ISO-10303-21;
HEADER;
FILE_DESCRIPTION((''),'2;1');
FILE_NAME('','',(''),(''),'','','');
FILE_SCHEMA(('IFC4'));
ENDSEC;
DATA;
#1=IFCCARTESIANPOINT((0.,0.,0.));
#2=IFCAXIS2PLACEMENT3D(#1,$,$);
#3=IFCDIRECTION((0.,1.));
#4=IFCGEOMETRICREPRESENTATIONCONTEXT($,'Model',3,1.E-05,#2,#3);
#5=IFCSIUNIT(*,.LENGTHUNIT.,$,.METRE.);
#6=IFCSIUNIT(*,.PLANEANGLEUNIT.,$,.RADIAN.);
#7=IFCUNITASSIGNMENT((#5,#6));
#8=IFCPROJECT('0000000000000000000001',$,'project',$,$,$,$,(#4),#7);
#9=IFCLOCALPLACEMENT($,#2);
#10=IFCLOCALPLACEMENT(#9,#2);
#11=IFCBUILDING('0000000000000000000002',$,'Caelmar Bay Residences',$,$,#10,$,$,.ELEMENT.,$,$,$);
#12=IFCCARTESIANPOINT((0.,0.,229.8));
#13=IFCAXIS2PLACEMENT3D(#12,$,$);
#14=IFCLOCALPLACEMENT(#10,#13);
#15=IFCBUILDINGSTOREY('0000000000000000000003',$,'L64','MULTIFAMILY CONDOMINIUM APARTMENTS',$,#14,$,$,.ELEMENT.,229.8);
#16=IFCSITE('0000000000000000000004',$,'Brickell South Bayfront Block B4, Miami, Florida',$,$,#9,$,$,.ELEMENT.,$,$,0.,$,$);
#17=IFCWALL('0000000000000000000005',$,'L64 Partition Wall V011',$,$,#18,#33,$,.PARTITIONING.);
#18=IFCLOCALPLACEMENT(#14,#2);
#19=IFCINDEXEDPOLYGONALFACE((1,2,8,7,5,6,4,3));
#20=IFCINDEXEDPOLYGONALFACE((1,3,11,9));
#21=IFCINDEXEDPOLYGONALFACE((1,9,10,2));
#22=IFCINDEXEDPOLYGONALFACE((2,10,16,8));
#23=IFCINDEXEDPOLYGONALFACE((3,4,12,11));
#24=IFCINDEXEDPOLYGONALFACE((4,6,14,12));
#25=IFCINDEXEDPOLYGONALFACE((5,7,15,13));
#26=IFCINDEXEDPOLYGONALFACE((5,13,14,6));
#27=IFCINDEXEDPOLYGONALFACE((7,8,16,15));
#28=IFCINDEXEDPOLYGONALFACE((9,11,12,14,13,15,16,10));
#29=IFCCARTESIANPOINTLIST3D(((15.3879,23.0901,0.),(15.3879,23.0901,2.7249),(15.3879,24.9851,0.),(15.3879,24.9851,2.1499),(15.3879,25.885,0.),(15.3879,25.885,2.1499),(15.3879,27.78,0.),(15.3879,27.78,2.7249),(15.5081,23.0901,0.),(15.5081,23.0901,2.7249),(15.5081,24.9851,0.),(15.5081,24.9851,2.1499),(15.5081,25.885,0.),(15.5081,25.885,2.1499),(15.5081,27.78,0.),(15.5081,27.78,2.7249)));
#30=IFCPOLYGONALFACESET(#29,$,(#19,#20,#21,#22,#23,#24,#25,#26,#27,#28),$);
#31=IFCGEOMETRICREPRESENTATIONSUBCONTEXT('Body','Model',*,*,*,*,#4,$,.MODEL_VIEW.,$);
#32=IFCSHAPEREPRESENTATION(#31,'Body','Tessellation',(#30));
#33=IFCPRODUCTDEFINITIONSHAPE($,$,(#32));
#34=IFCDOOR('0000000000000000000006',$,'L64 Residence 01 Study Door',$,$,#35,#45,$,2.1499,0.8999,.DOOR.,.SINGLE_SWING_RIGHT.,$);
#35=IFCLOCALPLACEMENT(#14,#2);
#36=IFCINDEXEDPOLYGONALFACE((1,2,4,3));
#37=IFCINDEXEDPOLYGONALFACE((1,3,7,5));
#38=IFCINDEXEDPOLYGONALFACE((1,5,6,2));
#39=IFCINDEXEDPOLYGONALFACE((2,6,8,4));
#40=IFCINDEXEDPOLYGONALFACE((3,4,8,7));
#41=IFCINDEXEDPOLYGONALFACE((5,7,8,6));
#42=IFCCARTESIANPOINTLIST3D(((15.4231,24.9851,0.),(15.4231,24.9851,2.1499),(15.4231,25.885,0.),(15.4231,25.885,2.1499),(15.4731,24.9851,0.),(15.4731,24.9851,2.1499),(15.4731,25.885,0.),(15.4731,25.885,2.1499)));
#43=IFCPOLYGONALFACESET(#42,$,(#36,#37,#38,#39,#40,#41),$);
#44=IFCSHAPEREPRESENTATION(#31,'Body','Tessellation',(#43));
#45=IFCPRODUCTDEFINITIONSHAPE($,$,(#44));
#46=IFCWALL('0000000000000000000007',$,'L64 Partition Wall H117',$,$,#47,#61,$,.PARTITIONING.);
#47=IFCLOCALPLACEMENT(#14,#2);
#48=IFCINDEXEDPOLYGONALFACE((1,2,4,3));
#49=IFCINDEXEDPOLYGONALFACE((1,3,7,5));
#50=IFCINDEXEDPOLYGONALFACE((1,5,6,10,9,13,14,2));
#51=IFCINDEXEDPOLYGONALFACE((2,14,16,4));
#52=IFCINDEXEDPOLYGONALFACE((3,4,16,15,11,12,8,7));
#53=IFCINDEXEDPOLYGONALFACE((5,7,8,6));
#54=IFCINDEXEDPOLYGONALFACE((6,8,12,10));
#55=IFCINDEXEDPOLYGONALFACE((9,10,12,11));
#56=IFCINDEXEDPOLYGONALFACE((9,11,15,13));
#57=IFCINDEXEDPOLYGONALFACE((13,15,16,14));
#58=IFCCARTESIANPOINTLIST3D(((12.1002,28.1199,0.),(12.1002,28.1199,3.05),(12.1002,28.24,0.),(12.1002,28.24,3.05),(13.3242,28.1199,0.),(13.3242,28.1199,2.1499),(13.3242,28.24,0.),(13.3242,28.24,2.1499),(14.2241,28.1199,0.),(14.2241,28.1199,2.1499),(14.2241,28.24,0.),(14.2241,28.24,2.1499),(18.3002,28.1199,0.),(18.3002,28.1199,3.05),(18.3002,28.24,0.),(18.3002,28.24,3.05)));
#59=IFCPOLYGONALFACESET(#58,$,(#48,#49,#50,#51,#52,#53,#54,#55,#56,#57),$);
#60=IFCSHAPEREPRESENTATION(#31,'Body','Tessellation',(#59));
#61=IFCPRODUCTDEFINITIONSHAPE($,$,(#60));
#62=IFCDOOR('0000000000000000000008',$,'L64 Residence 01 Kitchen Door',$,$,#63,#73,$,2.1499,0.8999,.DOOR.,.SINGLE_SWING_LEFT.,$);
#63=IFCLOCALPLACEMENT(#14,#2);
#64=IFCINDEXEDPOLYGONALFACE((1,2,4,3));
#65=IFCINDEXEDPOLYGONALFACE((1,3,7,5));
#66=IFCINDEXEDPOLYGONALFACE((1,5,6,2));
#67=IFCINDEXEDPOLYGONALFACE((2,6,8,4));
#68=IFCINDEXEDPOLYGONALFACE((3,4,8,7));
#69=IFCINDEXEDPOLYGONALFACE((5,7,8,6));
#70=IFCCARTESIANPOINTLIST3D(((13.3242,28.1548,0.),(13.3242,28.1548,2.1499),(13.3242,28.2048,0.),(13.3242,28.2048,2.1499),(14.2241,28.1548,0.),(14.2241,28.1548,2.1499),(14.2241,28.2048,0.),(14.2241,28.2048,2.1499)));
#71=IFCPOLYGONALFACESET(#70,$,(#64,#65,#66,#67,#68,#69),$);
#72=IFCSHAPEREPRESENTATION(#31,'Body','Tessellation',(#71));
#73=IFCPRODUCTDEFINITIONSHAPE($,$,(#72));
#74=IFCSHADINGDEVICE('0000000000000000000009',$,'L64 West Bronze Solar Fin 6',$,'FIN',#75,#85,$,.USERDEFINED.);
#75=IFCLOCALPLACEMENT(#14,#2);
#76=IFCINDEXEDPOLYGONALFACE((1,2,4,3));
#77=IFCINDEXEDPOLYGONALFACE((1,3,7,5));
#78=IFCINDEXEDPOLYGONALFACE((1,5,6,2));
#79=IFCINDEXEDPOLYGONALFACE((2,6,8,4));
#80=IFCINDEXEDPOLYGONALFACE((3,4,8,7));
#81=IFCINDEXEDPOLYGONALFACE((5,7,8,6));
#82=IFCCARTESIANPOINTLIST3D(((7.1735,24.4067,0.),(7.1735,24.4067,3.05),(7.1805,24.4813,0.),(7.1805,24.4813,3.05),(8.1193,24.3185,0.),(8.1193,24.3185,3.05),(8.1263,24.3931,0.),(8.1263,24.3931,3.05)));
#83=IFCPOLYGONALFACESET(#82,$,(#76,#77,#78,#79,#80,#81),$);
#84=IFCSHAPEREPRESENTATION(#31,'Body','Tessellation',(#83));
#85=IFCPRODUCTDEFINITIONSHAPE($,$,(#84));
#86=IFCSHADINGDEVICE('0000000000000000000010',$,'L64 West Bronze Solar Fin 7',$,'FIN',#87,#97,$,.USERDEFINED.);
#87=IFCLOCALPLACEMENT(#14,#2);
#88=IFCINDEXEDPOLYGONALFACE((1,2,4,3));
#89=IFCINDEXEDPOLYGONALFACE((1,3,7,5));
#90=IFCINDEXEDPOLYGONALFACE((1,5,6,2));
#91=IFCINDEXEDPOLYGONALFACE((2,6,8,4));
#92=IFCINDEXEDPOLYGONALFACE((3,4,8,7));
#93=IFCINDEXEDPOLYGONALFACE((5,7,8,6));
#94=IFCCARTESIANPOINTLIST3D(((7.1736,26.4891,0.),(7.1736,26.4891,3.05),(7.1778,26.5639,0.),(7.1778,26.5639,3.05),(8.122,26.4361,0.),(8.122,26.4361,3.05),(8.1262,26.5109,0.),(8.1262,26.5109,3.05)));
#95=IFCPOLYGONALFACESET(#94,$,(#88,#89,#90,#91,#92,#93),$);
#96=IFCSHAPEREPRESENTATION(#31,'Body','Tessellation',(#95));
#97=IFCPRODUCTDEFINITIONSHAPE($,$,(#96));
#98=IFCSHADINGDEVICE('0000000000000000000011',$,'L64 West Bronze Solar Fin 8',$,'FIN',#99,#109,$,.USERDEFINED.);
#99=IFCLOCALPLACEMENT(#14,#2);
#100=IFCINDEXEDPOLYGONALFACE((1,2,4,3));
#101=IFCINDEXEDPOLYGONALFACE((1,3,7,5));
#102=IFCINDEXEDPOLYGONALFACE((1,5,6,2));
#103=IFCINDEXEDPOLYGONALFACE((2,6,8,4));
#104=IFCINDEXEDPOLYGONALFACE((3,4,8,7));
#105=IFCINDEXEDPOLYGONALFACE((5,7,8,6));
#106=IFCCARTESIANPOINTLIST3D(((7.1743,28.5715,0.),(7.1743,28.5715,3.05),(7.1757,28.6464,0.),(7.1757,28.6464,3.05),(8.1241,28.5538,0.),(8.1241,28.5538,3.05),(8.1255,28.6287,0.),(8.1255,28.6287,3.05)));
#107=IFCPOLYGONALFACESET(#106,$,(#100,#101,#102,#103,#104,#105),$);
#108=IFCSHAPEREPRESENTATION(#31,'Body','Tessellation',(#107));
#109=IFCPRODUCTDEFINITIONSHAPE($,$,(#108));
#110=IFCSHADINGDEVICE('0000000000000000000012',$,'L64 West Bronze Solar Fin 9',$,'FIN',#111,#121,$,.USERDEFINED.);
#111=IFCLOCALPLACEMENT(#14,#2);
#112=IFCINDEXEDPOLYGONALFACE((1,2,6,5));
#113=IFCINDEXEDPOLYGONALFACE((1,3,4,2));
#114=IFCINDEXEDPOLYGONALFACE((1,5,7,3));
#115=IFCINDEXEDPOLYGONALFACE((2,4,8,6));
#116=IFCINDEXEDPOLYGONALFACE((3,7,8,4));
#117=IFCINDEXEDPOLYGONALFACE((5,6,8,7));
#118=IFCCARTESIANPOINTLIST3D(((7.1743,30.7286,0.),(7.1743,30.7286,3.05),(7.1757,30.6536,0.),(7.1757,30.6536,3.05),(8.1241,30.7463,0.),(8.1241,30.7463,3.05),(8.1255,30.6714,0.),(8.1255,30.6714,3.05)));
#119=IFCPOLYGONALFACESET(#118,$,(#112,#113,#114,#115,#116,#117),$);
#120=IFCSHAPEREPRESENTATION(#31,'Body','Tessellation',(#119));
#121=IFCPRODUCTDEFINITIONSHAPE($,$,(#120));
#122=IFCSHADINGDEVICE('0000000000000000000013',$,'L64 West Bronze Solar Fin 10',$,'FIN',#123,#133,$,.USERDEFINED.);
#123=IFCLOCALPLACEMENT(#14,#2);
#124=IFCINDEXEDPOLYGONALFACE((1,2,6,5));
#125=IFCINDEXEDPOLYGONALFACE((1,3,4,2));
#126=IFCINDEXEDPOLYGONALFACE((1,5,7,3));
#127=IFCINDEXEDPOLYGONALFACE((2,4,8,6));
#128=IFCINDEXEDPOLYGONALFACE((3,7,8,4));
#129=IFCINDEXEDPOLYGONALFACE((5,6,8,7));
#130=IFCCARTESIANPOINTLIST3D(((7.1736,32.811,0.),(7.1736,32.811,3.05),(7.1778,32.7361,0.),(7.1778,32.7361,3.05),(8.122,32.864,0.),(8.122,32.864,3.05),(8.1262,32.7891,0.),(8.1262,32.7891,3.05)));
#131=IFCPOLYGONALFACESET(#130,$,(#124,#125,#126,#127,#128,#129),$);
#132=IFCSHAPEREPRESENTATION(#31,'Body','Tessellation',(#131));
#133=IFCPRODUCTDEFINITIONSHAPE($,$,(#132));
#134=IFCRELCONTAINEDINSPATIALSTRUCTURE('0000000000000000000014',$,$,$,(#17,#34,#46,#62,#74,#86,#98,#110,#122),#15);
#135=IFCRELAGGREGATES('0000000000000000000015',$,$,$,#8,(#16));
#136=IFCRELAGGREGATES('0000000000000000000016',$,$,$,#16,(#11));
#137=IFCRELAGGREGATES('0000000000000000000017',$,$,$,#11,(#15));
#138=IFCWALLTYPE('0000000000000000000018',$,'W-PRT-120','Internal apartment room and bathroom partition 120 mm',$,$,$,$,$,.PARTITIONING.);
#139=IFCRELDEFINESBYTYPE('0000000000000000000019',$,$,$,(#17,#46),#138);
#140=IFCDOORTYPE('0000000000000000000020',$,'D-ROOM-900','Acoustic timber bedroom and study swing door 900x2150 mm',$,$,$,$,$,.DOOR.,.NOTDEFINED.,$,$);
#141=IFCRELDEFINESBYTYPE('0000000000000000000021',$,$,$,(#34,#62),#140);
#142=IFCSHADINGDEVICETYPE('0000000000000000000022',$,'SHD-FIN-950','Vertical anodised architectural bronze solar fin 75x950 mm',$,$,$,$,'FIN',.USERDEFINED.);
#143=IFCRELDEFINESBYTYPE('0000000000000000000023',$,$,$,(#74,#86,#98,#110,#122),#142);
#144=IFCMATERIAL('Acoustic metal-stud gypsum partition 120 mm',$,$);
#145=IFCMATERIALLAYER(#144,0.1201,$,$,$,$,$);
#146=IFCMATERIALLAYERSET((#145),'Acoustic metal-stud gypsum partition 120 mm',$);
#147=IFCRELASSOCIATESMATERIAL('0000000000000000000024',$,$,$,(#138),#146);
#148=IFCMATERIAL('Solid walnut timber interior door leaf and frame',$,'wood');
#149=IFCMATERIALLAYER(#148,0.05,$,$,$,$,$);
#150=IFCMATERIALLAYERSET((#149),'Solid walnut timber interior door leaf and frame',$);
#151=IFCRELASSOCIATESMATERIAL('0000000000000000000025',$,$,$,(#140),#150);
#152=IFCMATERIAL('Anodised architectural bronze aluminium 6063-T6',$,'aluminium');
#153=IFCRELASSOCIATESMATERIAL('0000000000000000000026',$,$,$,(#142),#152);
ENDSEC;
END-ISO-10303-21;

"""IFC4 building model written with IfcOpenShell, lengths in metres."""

from ifc_helpers import new_model, si_unit, direction, frame, frame_2d, origin, origin_2d, place, context, subcontext, project, spatial, rectangle, extrude, material, layer, layer_set, material_profile, profile_set, type_object, element, fill, save


model = new_model("IFC4")

# Units and contexts
model_context = context("Model", 3, precision=1e-05, world=origin(), true_north=direction((0.0, 1.0)))
body_context = subcontext(model_context, "Body", "Model", "MODEL_VIEW")
ifc_project = project(units=[si_unit("LENGTHUNIT", "METRE"), si_unit("PLANEANGLEUNIT", "RADIAN")], contexts=[model_context])

# Site, building, storey
site_placement = place(None, origin())
site = spatial("IfcSite", under=ifc_project, at=site_placement, Name="Brickell South Bayfront Block B4, Miami, Florida", CompositionType="ELEMENT", RefElevation=0.0)
building_placement = place(site_placement, origin())
building = spatial("IfcBuilding", under=site, at=building_placement, Name="Caelmar Bay Residences", CompositionType="ELEMENT")
storey_placement = place(building_placement, frame((0.0, 0.0, 229.8)))
storey = spatial("IfcBuildingStorey", under=building, at=storey_placement, Name="L64", Description="MULTIFAMILY CONDOMINIUM APARTMENTS", CompositionType="ELEMENT", Elevation=229.8)

# Shared definitions
ifc_material_1 = material(Name="Acoustic metal-stud gypsum partition 120 mm")
ifc_layer_1 = layer(ifc_material_1, 0.1201)
ifc_layer_set_1 = layer_set([ifc_layer_1], Name="Acoustic metal-stud gypsum partition 120 mm")
wall_type_1 = type_object("IfcWallType", Name="W-PRT-120", Description="Internal apartment room and bathroom partition 120 mm", PredefinedType="PARTITIONING", material=ifc_layer_set_1)

# Walls, openings, doors
wall_1_placement = place(storey_placement, frame((15.448, 23.0901, 0.0), z_axis=(0.0, 0.0, 1.0), x_axis=(0.0, 1.0, 0.0)))
wall_1 = element("IfcWall", 1, at=wall_1_placement, inside=storey, type_object=wall_type_1, Name="L64 Partition Wall V011", PredefinedType="PARTITIONING", context=body_context, shape_type="SweptSolid", body=[
    extrude(rectangle(XDim=4.6899, YDim=0.1201, at=frame_2d((2.345, 0.0))), origin(), (0.0, 0.0, 1.0), 2.7249),
])
opening_1_placement = place(wall_1_placement, frame((1.895, 0.0, 0.0)))
opening_1 = element("IfcOpeningElement", 2, at=opening_1_placement, cuts=wall_1, PredefinedType="OPENING", context=body_context, shape_type="SweptSolid", body=[
    extrude(rectangle(XDim=0.8999, YDim=2.1499, at=frame_2d((0.45, 1.075))), frame((0.0, 0.0701, 0.0), z_axis=(0.0, -1.0, 0.0), x_axis=(1.0, 0.0, 0.0)), (0.0, 0.0, 1.0), 0.1401),
])
ifc_material_2 = material(Name="Solid walnut timber interior door leaf and frame", Category="wood")
ifc_layer_2 = layer(ifc_material_2, 0.05)
ifc_layer_set_2 = layer_set([ifc_layer_2], Name="Solid walnut timber interior door leaf and frame")
door_type = type_object("IfcDoorType", Name="D-ROOM-900", Description="Acoustic timber bedroom and study swing door 900x2150 mm", OperationType="NOTDEFINED", PredefinedType="DOOR", material=ifc_layer_set_2)
door_1_placement = place(opening_1_placement, origin())
door_1 = element("IfcDoor", 3, at=door_1_placement, inside=storey, type_object=door_type, Name="L64 Residence 01 Study Door", OperationType="SINGLE_SWING_RIGHT", OverallHeight=2.1499, OverallWidth=0.8999, PredefinedType="DOOR", context=body_context, shape_type="SweptSolid", body=[
    extrude(rectangle(XDim=0.8999, YDim=2.1499, at=frame_2d((0.45, 1.075))), frame((0.0, 0.0249, 0.0), z_axis=(0.0, -1.0, 0.0), x_axis=(1.0, 0.0, 0.0)), (0.0, 0.0, 1.0), 0.05),
])
fill(opening_1, door_1)
wall_2_placement = place(storey_placement, frame((12.1001, 28.1799, 0.0), z_axis=(0.0, 0.0, 1.0), x_axis=(1.0, 0.0, 0.0)))
wall_2 = element("IfcWall", 4, at=wall_2_placement, inside=storey, type_object=wall_type_1, Name="L64 Partition Wall H117", PredefinedType="PARTITIONING", context=body_context, shape_type="SweptSolid", body=[
    extrude(rectangle(XDim=6.2, YDim=0.1201, at=frame_2d((3.1001, 0.0))), origin(), (0.0, 0.0, 1.0), 3.05),
])
opening_2_placement = place(wall_2_placement, frame((1.2241, 0.0, 0.0)))
opening_2 = element("IfcOpeningElement", 5, at=opening_2_placement, cuts=wall_2, PredefinedType="OPENING", context=body_context, shape_type="SweptSolid", body=[
    extrude(rectangle(XDim=0.8999, YDim=2.1499, at=frame_2d((0.45, 1.075))), frame((0.0, 0.0701, 0.0), z_axis=(0.0, -1.0, 0.0), x_axis=(1.0, 0.0, 0.0)), (0.0, 0.0, 1.0), 0.1401),
])
door_2_placement = place(opening_2_placement, origin())
door_2 = element("IfcDoor", 6, at=door_2_placement, inside=storey, type_object=door_type, Name="L64 Residence 01 Kitchen Door", OperationType="SINGLE_SWING_LEFT", OverallHeight=2.1499, OverallWidth=0.8999, PredefinedType="DOOR", context=body_context, shape_type="SweptSolid", body=[
    extrude(rectangle(XDim=0.8999, YDim=2.1499, at=frame_2d((0.45, 1.075))), frame((0.0, 0.0249, 0.0), z_axis=(0.0, -1.0, 0.0), x_axis=(1.0, 0.0, 0.0)), (0.0, 0.0, 1.0), 0.05),
])
fill(opening_2, door_2)

# Shading devices
ifc_material_3 = material(Name="Anodised architectural bronze aluminium 6063-T6", Category="aluminium")
ifc_material_profile_1 = material_profile(ifc_material_3, rectangle(XDim=0.075, YDim=0.95, at=origin_2d()), Name="BRONZE-FIN-75X950")
ifc_profile_set_1 = profile_set([ifc_material_profile_1], Name="Anodised architectural bronze aluminium 6063-T6")
shading_device_type = type_object("IfcShadingDeviceType", Name="SHD-FIN-950", Description="Vertical anodised architectural bronze solar fin 75x950 mm", ElementType="FIN", PredefinedType="USERDEFINED", material=ifc_profile_set_1)
for number, where, z_axis, x_axis, name in (
    (7, (7.6499, 24.3999, 0.0), (0.0, 0.0, 1.0), (0.092892, 0.995676, 0.0), "L64 West Bronze Solar Fin 6"),
    (8, (7.6499, 26.5, 0.0), (0.0, 0.0, 1.0), (0.055822, 0.998441, 0.0), "L64 West Bronze Solar Fin 7"),
    (9, (7.6499, 28.6001, 0.0), (0.0, 0.0, 1.0), (0.018674, 0.999826, 0.0), "L64 West Bronze Solar Fin 8"),
    (10, (7.6499, 30.7, 0.0), (0.0, 0.0, 1.0), (-0.018674, 0.999826, 0.0), "L64 West Bronze Solar Fin 9"),
    (11, (7.6499, 32.8, 0.0), (0.0, 0.0, 1.0), (-0.055822, 0.998441, 0.0), "L64 West Bronze Solar Fin 10"),
):
    element("IfcShadingDevice", number, at=place(storey_placement, frame(where, z_axis=z_axis, x_axis=x_axis)), inside=storey, type_object=shading_device_type, Name=name, ObjectType="FIN", PredefinedType="USERDEFINED", context=body_context, shape_type="SweptSolid", body=[
        extrude(rectangle(XDim=0.075, YDim=0.95, at=origin_2d()), origin(), (0.0, 0.0, 1.0), 3.05),
    ])

save(model, "model.ifc")
